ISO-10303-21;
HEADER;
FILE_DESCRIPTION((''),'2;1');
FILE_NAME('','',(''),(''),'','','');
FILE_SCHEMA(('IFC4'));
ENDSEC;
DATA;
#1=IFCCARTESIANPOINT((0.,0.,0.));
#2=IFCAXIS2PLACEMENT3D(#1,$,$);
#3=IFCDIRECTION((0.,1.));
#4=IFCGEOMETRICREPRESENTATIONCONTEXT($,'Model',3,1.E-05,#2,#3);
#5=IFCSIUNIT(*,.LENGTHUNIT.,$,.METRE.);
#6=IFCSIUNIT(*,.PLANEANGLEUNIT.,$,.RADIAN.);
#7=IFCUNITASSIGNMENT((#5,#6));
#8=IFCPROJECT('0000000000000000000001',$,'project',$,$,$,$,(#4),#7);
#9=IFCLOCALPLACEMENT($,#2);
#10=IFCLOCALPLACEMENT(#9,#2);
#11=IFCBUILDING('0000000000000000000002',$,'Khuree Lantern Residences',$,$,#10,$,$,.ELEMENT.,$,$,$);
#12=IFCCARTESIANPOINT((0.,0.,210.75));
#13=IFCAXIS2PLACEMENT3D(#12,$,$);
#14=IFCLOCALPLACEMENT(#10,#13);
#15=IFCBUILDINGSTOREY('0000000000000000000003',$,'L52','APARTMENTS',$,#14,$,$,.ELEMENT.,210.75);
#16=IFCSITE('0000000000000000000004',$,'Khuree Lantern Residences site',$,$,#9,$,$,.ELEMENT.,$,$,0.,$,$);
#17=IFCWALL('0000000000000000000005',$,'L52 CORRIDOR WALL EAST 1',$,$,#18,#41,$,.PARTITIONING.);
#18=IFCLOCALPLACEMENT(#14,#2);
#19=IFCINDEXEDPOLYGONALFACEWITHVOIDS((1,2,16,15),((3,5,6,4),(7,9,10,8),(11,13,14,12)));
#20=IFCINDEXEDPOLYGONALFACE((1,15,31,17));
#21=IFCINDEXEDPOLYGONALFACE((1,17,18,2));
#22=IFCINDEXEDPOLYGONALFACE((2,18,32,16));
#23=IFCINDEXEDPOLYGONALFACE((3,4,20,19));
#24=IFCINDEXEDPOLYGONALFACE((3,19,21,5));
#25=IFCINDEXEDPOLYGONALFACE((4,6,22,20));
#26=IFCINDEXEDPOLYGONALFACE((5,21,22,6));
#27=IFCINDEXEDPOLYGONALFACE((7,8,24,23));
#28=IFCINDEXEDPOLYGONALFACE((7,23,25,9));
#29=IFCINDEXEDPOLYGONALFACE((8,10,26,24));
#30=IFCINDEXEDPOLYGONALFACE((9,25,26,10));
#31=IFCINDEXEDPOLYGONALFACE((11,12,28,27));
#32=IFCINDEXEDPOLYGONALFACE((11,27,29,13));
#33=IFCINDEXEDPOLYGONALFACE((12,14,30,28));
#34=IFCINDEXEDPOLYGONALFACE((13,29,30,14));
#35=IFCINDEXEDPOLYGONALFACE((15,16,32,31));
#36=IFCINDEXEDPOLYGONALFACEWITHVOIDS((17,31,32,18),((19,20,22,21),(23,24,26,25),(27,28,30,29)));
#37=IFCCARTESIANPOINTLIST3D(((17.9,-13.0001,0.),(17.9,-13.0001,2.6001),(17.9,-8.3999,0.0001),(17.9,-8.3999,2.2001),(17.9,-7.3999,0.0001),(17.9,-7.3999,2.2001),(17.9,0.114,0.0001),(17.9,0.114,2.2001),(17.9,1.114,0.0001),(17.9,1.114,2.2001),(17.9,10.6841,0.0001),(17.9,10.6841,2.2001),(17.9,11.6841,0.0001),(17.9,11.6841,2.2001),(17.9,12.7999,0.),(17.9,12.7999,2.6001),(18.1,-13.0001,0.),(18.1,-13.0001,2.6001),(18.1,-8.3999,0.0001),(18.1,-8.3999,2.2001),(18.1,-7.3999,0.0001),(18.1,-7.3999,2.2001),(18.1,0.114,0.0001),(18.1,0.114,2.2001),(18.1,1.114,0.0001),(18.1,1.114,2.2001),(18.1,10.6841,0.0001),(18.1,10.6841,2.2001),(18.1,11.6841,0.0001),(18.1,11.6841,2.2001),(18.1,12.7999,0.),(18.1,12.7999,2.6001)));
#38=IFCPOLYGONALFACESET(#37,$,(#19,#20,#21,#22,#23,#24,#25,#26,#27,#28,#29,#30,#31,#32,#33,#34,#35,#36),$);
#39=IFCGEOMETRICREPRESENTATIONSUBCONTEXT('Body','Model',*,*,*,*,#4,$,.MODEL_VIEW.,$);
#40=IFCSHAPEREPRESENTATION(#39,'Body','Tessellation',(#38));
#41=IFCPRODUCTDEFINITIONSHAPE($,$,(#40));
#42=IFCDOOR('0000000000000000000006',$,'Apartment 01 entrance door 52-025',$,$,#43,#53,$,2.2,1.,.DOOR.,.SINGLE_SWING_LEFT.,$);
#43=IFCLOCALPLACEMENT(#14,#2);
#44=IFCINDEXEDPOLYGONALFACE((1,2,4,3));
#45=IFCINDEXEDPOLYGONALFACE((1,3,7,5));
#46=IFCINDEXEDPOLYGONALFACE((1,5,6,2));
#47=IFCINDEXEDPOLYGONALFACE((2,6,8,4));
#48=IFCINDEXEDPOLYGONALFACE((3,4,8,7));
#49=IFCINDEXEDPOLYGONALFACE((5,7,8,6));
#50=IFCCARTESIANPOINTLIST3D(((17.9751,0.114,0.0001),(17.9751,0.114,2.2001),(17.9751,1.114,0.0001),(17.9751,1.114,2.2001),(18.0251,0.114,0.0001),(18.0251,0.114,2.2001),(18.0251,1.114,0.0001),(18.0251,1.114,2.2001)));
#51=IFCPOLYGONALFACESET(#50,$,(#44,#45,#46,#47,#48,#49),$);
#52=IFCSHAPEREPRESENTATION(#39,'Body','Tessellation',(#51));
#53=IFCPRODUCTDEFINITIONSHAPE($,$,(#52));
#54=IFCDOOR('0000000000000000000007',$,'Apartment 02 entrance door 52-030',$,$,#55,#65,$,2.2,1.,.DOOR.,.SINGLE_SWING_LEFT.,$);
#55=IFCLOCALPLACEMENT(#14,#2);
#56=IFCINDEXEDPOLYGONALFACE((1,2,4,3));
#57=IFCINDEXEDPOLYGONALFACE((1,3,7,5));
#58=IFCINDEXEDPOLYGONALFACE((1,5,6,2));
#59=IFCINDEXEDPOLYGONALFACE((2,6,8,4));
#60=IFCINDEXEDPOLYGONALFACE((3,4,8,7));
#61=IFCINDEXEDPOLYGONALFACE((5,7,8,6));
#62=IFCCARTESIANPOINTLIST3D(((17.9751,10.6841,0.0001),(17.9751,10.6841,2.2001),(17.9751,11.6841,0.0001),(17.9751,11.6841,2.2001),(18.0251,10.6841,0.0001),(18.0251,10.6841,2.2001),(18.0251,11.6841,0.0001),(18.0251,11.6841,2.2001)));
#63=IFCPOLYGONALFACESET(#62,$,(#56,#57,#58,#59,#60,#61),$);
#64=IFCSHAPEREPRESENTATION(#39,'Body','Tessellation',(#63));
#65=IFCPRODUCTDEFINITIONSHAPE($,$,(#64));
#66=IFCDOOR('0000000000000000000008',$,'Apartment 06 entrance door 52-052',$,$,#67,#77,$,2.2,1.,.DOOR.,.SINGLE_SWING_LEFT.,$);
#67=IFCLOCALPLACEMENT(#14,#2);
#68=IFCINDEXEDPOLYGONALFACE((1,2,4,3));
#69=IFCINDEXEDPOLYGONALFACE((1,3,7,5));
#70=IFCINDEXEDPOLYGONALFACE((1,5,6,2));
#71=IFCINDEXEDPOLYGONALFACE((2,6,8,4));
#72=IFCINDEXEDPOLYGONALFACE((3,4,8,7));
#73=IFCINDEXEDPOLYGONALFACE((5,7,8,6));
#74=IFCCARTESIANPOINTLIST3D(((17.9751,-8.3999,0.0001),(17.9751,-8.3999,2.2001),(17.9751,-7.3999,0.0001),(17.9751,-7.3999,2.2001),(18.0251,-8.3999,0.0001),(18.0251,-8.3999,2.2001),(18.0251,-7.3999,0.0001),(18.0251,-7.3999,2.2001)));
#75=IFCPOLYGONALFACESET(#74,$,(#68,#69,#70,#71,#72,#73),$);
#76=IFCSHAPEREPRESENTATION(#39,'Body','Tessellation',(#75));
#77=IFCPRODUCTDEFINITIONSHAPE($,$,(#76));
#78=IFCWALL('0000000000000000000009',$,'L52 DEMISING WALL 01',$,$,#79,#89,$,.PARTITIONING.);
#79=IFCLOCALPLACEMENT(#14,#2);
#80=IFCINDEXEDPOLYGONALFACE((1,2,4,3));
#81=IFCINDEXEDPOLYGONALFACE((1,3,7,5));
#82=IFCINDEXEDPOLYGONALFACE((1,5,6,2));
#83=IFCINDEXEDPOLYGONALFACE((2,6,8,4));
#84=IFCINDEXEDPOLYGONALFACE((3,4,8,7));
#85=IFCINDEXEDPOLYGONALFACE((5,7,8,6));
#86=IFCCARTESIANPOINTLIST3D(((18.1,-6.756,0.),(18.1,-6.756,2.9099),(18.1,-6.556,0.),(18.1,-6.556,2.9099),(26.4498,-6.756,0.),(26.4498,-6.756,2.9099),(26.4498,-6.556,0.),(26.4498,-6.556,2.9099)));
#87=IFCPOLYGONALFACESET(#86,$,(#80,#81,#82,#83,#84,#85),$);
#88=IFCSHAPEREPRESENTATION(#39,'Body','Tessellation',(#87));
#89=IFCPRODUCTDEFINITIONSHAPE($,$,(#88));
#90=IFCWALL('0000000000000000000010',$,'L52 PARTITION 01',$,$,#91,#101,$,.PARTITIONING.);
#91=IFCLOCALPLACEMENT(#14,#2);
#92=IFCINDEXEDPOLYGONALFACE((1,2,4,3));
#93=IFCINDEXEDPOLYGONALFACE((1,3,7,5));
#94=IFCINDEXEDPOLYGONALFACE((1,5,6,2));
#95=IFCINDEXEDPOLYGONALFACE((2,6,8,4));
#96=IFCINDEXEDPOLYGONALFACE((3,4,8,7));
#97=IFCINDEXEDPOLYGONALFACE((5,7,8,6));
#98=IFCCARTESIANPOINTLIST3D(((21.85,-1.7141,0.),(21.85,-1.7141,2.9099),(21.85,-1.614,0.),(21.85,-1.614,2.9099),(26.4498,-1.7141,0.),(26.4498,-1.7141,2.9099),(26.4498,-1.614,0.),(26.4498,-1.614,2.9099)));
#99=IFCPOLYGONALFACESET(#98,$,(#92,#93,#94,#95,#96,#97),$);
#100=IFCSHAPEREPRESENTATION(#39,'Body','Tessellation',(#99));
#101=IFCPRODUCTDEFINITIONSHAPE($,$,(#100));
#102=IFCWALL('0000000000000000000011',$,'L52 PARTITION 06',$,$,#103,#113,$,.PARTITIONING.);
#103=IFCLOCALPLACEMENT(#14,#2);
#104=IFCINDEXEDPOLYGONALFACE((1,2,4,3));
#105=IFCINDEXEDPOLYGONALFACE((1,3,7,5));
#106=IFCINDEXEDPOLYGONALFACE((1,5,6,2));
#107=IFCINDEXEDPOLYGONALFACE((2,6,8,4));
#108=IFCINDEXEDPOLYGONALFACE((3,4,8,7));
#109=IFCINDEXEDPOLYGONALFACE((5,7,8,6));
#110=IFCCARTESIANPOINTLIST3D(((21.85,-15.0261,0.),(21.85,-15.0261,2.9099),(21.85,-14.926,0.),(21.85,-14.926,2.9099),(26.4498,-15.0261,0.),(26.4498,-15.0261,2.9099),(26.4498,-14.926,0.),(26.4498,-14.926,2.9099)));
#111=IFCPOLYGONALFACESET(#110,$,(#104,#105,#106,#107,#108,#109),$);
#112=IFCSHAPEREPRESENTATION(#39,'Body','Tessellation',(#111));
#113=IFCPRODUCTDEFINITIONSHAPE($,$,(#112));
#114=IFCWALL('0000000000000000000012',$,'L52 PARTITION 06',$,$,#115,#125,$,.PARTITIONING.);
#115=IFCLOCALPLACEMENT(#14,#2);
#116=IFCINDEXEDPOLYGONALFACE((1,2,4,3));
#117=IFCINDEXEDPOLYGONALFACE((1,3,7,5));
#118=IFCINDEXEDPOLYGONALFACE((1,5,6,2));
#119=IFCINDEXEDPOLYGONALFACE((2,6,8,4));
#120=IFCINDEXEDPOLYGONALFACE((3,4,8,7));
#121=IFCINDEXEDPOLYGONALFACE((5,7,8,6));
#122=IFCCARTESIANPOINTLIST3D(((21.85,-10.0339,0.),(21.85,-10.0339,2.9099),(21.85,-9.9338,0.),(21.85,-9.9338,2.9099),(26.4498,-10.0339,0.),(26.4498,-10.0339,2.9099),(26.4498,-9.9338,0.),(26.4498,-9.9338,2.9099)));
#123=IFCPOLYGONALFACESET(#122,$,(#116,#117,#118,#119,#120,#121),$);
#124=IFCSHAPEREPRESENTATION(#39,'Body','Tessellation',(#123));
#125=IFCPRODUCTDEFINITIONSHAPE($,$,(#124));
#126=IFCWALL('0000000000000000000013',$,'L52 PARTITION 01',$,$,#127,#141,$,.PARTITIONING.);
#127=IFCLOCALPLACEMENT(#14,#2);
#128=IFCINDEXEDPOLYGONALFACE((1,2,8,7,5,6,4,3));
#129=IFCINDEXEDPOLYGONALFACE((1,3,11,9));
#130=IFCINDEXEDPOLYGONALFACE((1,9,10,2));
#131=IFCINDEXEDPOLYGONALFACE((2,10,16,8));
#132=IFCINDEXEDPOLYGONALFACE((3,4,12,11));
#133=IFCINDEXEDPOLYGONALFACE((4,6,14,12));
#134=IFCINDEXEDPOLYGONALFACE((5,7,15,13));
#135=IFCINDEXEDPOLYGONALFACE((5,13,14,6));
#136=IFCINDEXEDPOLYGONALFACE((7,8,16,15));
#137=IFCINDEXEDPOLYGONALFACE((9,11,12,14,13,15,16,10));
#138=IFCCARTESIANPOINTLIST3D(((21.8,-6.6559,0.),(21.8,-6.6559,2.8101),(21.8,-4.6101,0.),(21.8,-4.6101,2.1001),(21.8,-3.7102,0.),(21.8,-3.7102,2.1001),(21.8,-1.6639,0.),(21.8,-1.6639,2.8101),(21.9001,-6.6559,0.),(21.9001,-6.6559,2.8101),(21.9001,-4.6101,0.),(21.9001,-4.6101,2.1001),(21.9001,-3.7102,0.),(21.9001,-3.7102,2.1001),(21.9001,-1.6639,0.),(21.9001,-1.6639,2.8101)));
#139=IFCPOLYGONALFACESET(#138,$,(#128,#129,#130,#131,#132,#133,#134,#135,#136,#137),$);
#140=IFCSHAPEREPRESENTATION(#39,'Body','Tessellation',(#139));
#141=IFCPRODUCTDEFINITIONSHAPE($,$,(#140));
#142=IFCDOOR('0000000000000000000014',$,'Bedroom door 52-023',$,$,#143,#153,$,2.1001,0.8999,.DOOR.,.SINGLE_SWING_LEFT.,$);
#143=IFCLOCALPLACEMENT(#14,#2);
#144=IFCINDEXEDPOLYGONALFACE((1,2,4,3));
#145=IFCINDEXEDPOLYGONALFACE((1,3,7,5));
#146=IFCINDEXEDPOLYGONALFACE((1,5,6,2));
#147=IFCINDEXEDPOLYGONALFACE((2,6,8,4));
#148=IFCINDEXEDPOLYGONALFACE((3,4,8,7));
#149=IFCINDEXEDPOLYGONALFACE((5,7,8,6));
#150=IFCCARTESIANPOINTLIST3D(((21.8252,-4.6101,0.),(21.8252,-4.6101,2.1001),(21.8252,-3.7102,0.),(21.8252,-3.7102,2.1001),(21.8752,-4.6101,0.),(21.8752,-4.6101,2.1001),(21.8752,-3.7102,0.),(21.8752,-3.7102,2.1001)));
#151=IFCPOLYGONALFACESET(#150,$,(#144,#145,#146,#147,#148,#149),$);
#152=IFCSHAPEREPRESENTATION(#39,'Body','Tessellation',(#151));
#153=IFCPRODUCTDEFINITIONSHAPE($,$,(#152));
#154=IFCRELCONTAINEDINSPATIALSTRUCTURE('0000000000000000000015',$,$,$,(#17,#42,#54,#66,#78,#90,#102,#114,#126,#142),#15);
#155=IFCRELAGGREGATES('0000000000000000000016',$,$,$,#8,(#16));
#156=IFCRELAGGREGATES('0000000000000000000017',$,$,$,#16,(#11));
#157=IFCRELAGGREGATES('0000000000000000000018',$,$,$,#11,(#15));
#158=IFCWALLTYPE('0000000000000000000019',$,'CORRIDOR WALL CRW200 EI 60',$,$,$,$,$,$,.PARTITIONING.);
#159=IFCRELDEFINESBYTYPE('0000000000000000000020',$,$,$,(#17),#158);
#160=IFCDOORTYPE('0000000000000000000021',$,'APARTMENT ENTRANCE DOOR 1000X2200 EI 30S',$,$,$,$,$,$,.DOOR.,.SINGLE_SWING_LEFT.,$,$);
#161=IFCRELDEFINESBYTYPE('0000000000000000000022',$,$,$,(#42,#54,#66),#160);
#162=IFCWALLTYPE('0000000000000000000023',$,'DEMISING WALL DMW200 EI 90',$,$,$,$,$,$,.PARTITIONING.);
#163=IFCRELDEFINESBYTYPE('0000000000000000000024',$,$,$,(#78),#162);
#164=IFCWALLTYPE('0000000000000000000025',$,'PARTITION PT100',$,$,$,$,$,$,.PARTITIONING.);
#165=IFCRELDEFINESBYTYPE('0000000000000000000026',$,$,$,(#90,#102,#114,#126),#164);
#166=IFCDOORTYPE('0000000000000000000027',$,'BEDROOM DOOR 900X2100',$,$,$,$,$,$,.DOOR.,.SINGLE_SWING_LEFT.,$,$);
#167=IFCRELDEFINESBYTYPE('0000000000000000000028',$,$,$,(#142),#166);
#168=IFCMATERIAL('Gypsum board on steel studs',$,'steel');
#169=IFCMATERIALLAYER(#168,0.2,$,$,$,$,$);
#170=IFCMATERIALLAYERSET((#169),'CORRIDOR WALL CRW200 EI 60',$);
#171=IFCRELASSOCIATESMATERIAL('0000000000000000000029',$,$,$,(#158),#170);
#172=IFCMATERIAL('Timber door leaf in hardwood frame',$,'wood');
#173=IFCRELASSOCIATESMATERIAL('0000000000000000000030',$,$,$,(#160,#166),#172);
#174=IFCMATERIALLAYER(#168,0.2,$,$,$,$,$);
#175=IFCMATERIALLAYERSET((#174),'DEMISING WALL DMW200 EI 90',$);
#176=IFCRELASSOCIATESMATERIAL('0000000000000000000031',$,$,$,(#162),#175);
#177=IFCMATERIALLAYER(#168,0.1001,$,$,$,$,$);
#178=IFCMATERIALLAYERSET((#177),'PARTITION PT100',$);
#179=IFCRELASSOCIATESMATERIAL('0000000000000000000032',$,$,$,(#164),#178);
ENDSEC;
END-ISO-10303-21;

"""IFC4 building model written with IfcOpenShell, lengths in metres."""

from ifc_helpers import new_model, si_unit, direction, frame, frame_2d, origin, place, context, subcontext, project, spatial, rectangle, extrude, material, layer, layer_set, type_object, element, fill, save


model = new_model("IFC4")

# Units and contexts
model_context = context("Model", 3, precision=1e-05, world=origin(), true_north=direction((0.0, 1.0)))
body_context = subcontext(model_context, "Body", "Model", "MODEL_VIEW")
ifc_project = project(units=[si_unit("LENGTHUNIT", "METRE"), si_unit("PLANEANGLEUNIT", "RADIAN")], contexts=[model_context])

# Site, building, storey
site_placement = place(None, origin())
site = spatial("IfcSite", under=ifc_project, at=site_placement, Name="Khuree Lantern Residences site", CompositionType="ELEMENT", RefElevation=0.0)
building_placement = place(site_placement, origin())
building = spatial("IfcBuilding", under=site, at=building_placement, Name="Khuree Lantern Residences", CompositionType="ELEMENT")
storey_placement = place(building_placement, frame((0.0, 0.0, 210.75)))
storey = spatial("IfcBuildingStorey", under=building, at=storey_placement, Name="L52", Description="APARTMENTS", CompositionType="ELEMENT", Elevation=210.75)

# Shared definitions
ifc_material_1 = material(Name="Timber door leaf in hardwood frame", Category="wood")

# Wall, openings, doors
ifc_material_2 = material(Name="Gypsum board on steel studs", Category="steel")
ifc_layer_1 = layer(ifc_material_2, 0.2)
ifc_layer_set_1 = layer_set([ifc_layer_1], Name="CORRIDOR WALL CRW200 EI 60")
wall_type_1 = type_object("IfcWallType", Name="CORRIDOR WALL CRW200 EI 60", PredefinedType="PARTITIONING", material=ifc_layer_set_1)
wall_1_placement = place(storey_placement, frame((18.0, -13.0, 0.0), z_axis=(0.0, 0.0, 1.0), x_axis=(0.0, 1.0, 0.0)))
wall_1 = element("IfcWall", 1, at=wall_1_placement, inside=storey, type_object=wall_type_1, Name="L52 CORRIDOR WALL EAST 1", PredefinedType="PARTITIONING", context=body_context, shape_type="SweptSolid", body=[
    extrude(rectangle(XDim=25.8, YDim=0.2, at=frame_2d((12.8999, 0.0))), origin(), (0.0, 0.0, 1.0), 2.6001),
])
opening_1_placement = place(wall_1_placement, frame((13.114, 0.0, 0.0)))
opening_1 = element("IfcOpeningElement", 2, at=opening_1_placement, cuts=wall_1, PredefinedType="OPENING", context=body_context, shape_type="SweptSolid", body=[
    extrude(rectangle(XDim=1.0, YDim=2.2, at=frame_2d((0.5, 1.1001))), frame((0.0, 0.1099, 0.0), z_axis=(0.0, -1.0, 0.0), x_axis=(1.0, 0.0, 0.0)), (0.0, 0.0, 1.0), 0.22),
])
opening_2_placement = place(wall_1_placement, frame((23.6841, 0.0, 0.0)))
opening_2 = element("IfcOpeningElement", 3, at=opening_2_placement, cuts=wall_1, PredefinedType="OPENING", context=body_context, shape_type="SweptSolid", body=[
    extrude(rectangle(XDim=1.0, YDim=2.2, at=frame_2d((0.5, 1.1001))), frame((0.0, 0.1099, 0.0), z_axis=(0.0, -1.0, 0.0), x_axis=(1.0, 0.0, 0.0)), (0.0, 0.0, 1.0), 0.22),
])
opening_3_placement = place(wall_1_placement, frame((4.6001, 0.0, 0.0)))
opening_3 = element("IfcOpeningElement", 4, at=opening_3_placement, cuts=wall_1, PredefinedType="OPENING", context=body_context, shape_type="SweptSolid", body=[
    extrude(rectangle(XDim=1.0, YDim=2.2, at=frame_2d((0.5, 1.1001))), frame((0.0, 0.1099, 0.0), z_axis=(0.0, -1.0, 0.0), x_axis=(1.0, 0.0, 0.0)), (0.0, 0.0, 1.0), 0.22),
])
door_type_1 = type_object("IfcDoorType", Name="APARTMENT ENTRANCE DOOR 1000X2200 EI 30S", OperationType="SINGLE_SWING_LEFT", PredefinedType="DOOR", material=ifc_material_1)
door_1_placement = place(opening_1_placement, origin())
door_1 = element("IfcDoor", 5, at=door_1_placement, inside=storey, type_object=door_type_1, Name="Apartment 01 entrance door 52-025", OperationType="SINGLE_SWING_LEFT", OverallHeight=2.2, OverallWidth=1.0, PredefinedType="DOOR", context=body_context, shape_type="SweptSolid", body=[
    extrude(rectangle(XDim=1.0, YDim=2.2, at=frame_2d((0.5, 1.1001))), frame((0.0, 0.0249, 0.0), z_axis=(0.0, -1.0, 0.0), x_axis=(1.0, 0.0, 0.0)), (0.0, 0.0, 1.0), 0.05),
])
fill(opening_1, door_1)
door_2_placement = place(opening_2_placement, origin())
door_2 = element("IfcDoor", 6, at=door_2_placement, inside=storey, type_object=door_type_1, Name="Apartment 02 entrance door 52-030", OperationType="SINGLE_SWING_LEFT", OverallHeight=2.2, OverallWidth=1.0, PredefinedType="DOOR", context=body_context, shape_type="SweptSolid", body=[
    extrude(rectangle(XDim=1.0, YDim=2.2, at=frame_2d((0.5, 1.1001))), frame((0.0, 0.0249, 0.0), z_axis=(0.0, -1.0, 0.0), x_axis=(1.0, 0.0, 0.0)), (0.0, 0.0, 1.0), 0.05),
])
fill(opening_2, door_2)
door_3_placement = place(opening_3_placement, origin())
door_3 = element("IfcDoor", 7, at=door_3_placement, inside=storey, type_object=door_type_1, Name="Apartment 06 entrance door 52-052", OperationType="SINGLE_SWING_LEFT", OverallHeight=2.2, OverallWidth=1.0, PredefinedType="DOOR", context=body_context, shape_type="SweptSolid", body=[
    extrude(rectangle(XDim=1.0, YDim=2.2, at=frame_2d((0.5, 1.1001))), frame((0.0, 0.0249, 0.0), z_axis=(0.0, -1.0, 0.0), x_axis=(1.0, 0.0, 0.0)), (0.0, 0.0, 1.0), 0.05),
])
fill(opening_3, door_3)

# Walls
ifc_layer_2 = layer(ifc_material_2, 0.2)
ifc_layer_set_2 = layer_set([ifc_layer_2], Name="DEMISING WALL DMW200 EI 90")
wall_type_2 = type_object("IfcWallType", Name="DEMISING WALL DMW200 EI 90", PredefinedType="PARTITIONING", material=ifc_layer_set_2)
wall_2_placement = place(storey_placement, frame((18.1001, -6.656, 0.0), z_axis=(0.0, 0.0, 1.0), x_axis=(1.0, 0.0, 0.0)))
element("IfcWall", 8, at=wall_2_placement, inside=storey, type_object=wall_type_2, Name="L52 DEMISING WALL 01", PredefinedType="PARTITIONING", context=body_context, shape_type="SweptSolid", body=[
    extrude(rectangle(XDim=8.3499, YDim=0.2, at=frame_2d((4.1748, 0.0))), origin(), (0.0, 0.0, 1.0), 2.9099),
])
ifc_layer_3 = layer(ifc_material_2, 0.1001)
ifc_layer_set_3 = layer_set([ifc_layer_3], Name="PARTITION PT100")
wall_type_3 = type_object("IfcWallType", Name="PARTITION PT100", PredefinedType="PARTITIONING", material=ifc_layer_set_3)
for number, where, z_axis, x_axis, name in (
    (9, (21.8501, -1.6641, 0.0), (0.0, 0.0, 1.0), (1.0, 0.0, 0.0), "L52 PARTITION 01"),
    (10, (21.8501, -14.9761, 0.0), (0.0, 0.0, 1.0), (1.0, 0.0, 0.0), "L52 PARTITION 06"),
    (11, (21.8501, -9.9839, 0.0), (0.0, 0.0, 1.0), (1.0, 0.0, 0.0), "L52 PARTITION 06"),
):
    element("IfcWall", number, at=place(storey_placement, frame(where, z_axis=z_axis, x_axis=x_axis)), inside=storey, type_object=wall_type_3, Name=name, PredefinedType="PARTITIONING", context=body_context, shape_type="SweptSolid", body=[
        extrude(rectangle(XDim=4.5999, YDim=0.1001, at=frame_2d((2.2998, 0.0))), origin(), (0.0, 0.0, 1.0), 2.9099),
    ])

# Wall, opening, door
wall_3_placement = place(storey_placement, frame((21.8501, -6.656, 0.0), z_axis=(0.0, 0.0, 1.0), x_axis=(0.0, 1.0, 0.0)))
wall_3 = element("IfcWall", 12, at=wall_3_placement, inside=storey, type_object=wall_type_3, Name="L52 PARTITION 01", PredefinedType="PARTITIONING", context=body_context, shape_type="SweptSolid", body=[
    extrude(rectangle(XDim=4.9919, YDim=0.1001, at=frame_2d((2.4961, 0.0))), origin(), (0.0, 0.0, 1.0), 2.8101),
])
opening_4_placement = place(wall_3_placement, frame((2.0459, 0.0, 0.0)))
opening_4 = element("IfcOpeningElement", 13, at=opening_4_placement, cuts=wall_3, PredefinedType="OPENING", context=body_context, shape_type="SweptSolid", body=[
    extrude(rectangle(XDim=0.8999, YDim=2.1001, at=frame_2d((0.45, 1.05))), frame((0.0, 0.0601, 0.0), z_axis=(0.0, -1.0, 0.0), x_axis=(1.0, 0.0, 0.0)), (0.0, 0.0, 1.0), 0.1201),
])
door_type_2 = type_object("IfcDoorType", Name="BEDROOM DOOR 900X2100", OperationType="SINGLE_SWING_LEFT", PredefinedType="DOOR", material=ifc_material_1)
door_4_placement = place(opening_4_placement, origin())
door_4 = element("IfcDoor", 14, at=door_4_placement, inside=storey, type_object=door_type_2, Name="Bedroom door 52-023", OperationType="SINGLE_SWING_LEFT", OverallHeight=2.1001, OverallWidth=0.8999, PredefinedType="DOOR", context=body_context, shape_type="SweptSolid", body=[
    extrude(rectangle(XDim=0.8999, YDim=2.1001, at=frame_2d((0.45, 1.05))), frame((0.0, 0.0249, 0.0), z_axis=(0.0, -1.0, 0.0), x_axis=(1.0, 0.0, 0.0)), (0.0, 0.0, 1.0), 0.05),
])
fill(opening_4, door_4)

save(model, "model.ifc")
